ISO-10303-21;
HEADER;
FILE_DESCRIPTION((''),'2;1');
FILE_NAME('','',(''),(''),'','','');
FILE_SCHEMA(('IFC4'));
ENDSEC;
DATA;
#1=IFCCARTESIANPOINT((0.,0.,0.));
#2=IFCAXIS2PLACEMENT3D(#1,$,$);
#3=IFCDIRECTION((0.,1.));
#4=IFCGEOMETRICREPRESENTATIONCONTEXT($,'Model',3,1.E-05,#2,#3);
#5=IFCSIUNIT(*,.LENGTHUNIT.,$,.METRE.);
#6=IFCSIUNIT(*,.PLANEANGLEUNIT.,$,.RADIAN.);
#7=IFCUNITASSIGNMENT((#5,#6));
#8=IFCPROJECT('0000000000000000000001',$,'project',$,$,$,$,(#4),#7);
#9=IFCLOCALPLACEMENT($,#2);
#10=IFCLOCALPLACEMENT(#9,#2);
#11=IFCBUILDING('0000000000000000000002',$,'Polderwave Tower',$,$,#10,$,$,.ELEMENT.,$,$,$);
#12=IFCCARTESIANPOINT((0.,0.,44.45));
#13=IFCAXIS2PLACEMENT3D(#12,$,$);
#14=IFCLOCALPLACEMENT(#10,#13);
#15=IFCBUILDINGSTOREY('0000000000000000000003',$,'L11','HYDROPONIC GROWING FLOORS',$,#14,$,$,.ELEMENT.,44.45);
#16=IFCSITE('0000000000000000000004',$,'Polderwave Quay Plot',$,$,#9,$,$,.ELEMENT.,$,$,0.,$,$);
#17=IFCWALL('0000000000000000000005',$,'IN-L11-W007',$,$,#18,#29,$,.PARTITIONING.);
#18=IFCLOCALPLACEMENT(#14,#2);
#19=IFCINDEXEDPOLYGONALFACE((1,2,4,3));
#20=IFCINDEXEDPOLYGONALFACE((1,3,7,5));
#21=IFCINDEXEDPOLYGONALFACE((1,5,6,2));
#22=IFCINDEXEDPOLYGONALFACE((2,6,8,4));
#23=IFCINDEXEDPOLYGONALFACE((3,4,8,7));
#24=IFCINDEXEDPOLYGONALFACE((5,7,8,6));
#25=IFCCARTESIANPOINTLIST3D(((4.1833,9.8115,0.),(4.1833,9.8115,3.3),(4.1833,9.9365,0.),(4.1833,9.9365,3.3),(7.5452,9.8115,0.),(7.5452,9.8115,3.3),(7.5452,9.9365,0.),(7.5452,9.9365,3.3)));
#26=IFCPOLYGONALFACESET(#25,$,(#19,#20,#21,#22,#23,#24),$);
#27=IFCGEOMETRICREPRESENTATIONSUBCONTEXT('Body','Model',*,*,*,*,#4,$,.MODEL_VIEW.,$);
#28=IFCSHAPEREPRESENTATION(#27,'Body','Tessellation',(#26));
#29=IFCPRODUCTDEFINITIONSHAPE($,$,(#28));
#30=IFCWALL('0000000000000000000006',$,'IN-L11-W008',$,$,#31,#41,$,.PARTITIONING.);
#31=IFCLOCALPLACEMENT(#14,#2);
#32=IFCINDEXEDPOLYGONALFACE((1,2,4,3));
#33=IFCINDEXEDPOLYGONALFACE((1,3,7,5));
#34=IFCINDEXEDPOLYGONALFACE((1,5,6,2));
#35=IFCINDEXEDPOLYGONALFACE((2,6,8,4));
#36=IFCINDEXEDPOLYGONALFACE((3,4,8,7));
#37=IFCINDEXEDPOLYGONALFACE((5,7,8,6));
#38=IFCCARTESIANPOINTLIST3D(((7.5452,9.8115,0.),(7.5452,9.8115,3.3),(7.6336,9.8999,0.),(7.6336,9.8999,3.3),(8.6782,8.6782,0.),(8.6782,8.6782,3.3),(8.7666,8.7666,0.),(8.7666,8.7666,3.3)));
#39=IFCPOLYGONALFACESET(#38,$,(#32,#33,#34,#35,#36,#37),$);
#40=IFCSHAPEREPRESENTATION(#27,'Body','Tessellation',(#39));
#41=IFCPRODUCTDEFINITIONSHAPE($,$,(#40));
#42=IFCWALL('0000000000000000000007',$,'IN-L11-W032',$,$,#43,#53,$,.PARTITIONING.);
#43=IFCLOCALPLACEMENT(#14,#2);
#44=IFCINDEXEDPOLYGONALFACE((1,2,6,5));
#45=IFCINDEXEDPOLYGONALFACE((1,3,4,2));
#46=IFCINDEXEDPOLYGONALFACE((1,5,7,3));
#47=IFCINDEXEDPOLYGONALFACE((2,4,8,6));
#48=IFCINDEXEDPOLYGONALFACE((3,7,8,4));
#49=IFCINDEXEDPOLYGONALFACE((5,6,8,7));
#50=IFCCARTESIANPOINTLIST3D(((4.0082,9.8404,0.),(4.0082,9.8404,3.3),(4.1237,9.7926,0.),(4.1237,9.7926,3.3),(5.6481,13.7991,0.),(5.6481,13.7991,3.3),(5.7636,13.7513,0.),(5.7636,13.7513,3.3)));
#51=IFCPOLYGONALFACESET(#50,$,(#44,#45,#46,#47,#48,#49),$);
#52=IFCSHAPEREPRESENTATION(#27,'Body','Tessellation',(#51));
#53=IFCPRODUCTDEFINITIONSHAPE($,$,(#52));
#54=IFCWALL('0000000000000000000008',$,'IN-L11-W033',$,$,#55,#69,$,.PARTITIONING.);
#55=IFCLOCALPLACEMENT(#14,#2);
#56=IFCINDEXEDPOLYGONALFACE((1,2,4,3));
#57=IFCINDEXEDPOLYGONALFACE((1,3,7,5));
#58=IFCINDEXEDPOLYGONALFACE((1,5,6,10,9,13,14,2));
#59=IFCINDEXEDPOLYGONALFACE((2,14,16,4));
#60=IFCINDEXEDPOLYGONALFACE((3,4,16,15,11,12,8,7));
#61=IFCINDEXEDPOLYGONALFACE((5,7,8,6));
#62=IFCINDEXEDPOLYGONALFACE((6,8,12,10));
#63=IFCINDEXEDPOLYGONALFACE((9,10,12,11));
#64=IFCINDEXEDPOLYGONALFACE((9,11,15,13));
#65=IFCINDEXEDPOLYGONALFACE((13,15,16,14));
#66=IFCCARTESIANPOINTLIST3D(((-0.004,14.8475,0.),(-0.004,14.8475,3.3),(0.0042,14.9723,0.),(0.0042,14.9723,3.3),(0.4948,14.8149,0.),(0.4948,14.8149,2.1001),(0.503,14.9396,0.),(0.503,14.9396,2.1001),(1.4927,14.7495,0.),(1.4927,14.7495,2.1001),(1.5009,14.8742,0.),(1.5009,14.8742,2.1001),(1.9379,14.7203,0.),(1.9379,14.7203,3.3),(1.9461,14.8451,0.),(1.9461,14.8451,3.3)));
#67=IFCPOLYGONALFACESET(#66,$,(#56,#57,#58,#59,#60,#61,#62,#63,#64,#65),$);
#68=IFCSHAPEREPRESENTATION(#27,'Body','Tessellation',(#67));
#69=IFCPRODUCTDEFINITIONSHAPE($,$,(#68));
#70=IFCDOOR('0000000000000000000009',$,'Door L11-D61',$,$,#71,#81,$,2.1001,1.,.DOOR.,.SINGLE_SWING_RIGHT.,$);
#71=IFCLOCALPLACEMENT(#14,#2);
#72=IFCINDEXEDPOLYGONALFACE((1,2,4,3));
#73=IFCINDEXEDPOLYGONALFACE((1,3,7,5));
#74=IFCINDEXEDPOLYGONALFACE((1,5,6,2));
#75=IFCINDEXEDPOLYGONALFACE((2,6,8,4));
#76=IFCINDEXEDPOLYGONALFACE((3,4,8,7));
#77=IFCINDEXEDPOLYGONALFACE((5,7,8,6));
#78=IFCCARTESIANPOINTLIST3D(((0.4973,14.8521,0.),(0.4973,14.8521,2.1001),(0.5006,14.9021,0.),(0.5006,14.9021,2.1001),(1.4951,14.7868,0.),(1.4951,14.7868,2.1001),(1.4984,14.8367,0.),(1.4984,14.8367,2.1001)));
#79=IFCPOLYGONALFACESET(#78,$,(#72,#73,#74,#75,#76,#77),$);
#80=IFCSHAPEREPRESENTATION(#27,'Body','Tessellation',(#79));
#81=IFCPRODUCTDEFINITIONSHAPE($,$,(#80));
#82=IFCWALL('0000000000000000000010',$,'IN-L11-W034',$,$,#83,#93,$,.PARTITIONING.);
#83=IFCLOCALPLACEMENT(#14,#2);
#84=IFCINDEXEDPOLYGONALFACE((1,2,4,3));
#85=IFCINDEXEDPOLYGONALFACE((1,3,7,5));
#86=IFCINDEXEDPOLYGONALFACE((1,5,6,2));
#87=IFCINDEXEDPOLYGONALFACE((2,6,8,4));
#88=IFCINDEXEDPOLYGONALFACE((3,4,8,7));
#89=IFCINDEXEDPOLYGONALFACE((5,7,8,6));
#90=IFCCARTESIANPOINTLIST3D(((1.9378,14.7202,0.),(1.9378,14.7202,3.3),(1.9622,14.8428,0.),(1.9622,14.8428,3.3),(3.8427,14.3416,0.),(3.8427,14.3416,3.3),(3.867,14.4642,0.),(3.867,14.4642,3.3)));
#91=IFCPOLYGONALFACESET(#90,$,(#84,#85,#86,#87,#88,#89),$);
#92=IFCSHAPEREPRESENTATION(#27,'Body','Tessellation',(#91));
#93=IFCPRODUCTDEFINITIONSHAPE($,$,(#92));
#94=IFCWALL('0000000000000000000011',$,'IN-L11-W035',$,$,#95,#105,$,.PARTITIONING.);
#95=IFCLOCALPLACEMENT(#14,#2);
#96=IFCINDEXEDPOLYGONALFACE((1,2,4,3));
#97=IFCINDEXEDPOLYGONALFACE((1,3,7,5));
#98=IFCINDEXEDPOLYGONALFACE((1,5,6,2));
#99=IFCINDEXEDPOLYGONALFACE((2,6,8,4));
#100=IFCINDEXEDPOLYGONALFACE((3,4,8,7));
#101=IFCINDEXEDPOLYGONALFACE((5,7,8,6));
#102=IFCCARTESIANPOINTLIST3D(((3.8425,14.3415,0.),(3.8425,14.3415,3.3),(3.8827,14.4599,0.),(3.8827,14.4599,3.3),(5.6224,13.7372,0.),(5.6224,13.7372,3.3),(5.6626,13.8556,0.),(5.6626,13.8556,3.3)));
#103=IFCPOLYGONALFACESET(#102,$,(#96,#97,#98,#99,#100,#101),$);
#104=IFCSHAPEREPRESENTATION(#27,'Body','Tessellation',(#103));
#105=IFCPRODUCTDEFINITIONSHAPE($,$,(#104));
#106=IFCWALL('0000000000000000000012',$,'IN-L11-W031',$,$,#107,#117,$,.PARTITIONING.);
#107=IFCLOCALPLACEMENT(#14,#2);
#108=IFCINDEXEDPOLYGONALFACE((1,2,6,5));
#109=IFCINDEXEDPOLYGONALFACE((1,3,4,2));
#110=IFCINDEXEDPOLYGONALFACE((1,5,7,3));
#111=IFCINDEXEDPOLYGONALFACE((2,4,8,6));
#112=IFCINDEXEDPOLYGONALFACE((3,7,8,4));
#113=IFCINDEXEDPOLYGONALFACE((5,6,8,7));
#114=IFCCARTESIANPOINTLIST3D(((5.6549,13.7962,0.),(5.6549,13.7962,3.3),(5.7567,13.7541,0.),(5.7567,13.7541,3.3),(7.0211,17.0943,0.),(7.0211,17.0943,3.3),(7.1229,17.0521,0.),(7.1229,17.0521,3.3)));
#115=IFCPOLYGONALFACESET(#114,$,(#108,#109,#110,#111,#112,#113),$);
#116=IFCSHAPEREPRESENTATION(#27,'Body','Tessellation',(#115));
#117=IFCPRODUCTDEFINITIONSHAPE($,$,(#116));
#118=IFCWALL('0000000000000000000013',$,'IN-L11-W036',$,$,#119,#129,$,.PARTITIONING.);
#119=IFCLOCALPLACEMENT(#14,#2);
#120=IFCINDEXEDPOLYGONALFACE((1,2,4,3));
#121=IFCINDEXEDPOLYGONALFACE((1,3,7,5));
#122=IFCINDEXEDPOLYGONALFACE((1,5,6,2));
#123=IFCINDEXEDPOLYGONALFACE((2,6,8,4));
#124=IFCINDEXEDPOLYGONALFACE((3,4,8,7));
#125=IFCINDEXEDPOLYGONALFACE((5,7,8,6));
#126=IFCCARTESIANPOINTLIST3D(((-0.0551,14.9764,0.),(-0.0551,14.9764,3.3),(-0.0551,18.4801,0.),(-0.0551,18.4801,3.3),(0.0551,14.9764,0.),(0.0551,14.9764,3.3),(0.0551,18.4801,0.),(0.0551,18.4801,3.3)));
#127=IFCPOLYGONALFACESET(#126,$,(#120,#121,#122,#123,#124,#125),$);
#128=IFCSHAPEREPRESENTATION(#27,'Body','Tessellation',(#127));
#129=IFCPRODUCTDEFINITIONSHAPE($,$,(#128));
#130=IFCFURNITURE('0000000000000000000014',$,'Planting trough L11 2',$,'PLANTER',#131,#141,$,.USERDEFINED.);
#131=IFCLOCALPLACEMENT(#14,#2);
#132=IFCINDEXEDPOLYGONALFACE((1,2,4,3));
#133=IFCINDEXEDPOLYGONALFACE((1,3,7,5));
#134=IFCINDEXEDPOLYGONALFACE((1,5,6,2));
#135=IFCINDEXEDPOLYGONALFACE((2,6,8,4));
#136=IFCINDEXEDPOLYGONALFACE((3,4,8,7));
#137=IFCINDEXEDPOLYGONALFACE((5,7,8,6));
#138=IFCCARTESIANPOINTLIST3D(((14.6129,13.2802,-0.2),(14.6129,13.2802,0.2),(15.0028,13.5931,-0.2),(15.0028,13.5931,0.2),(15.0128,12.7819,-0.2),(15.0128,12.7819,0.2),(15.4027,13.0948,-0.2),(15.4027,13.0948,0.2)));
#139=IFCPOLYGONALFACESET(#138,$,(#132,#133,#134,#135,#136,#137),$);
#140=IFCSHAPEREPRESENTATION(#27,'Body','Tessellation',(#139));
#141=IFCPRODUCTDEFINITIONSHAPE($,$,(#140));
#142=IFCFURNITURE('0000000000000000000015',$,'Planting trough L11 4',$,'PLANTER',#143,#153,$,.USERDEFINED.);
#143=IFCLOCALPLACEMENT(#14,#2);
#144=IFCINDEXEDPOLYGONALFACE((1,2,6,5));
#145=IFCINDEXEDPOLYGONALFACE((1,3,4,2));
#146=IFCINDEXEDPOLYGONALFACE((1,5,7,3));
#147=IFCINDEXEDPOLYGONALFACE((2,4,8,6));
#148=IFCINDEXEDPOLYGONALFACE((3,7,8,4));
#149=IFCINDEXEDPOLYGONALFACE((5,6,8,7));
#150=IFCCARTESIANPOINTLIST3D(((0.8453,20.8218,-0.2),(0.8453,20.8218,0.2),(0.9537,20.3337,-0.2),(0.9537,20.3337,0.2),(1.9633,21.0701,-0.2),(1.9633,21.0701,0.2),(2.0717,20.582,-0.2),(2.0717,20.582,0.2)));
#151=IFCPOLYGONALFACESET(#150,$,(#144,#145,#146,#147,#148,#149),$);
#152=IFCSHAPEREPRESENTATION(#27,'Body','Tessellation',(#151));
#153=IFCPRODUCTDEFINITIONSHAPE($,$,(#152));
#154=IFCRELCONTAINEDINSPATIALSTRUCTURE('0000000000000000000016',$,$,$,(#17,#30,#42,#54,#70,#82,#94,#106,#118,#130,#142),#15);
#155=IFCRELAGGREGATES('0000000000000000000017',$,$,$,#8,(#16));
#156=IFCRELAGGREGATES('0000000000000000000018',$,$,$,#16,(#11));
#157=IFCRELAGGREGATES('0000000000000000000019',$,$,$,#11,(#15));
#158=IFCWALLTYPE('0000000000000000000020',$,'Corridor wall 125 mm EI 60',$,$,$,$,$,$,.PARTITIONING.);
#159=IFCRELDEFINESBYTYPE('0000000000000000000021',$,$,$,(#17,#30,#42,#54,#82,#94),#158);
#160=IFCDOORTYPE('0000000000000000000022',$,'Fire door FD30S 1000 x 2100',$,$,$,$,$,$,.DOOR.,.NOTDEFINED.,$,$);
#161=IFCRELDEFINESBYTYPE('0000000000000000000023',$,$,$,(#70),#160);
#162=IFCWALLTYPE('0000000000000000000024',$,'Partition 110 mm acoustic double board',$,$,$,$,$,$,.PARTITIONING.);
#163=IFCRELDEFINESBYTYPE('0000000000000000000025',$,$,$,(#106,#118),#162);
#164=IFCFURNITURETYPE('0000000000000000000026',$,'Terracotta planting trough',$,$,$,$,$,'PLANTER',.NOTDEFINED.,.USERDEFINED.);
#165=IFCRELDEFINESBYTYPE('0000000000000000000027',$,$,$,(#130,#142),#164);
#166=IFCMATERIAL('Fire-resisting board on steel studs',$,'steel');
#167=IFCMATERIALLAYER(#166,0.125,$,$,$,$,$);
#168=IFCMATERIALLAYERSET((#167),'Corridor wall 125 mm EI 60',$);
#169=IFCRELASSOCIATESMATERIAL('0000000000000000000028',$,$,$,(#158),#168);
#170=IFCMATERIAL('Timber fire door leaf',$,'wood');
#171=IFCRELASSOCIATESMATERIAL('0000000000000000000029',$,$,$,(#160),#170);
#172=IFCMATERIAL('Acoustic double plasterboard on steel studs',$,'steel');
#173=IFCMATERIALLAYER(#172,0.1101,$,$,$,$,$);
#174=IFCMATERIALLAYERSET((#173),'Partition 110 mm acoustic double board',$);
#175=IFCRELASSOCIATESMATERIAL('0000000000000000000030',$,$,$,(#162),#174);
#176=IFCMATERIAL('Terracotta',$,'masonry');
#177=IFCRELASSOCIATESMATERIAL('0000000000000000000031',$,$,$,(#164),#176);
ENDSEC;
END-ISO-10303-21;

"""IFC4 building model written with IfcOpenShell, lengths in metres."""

from ifc_helpers import new_model, si_unit, direction, frame, frame_2d, origin, origin_2d, place, context, subcontext, project, spatial, rectangle, extrude, material, layer, layer_set, type_object, element, fill, save


model = new_model("IFC4")

# Units and contexts
model_context = context("Model", 3, precision=1e-05, world=origin(), true_north=direction((0.0, 1.0)))
body_context = subcontext(model_context, "Body", "Model", "MODEL_VIEW")
ifc_project = project(units=[si_unit("LENGTHUNIT", "METRE"), si_unit("PLANEANGLEUNIT", "RADIAN")], contexts=[model_context])

# Site, building, storey
site_placement = place(None, origin())
site = spatial("IfcSite", under=ifc_project, at=site_placement, Name="Polderwave Quay Plot", CompositionType="ELEMENT", RefElevation=0.0)
building_placement = place(site_placement, origin())
building = spatial("IfcBuilding", under=site, at=building_placement, Name="Polderwave Tower", CompositionType="ELEMENT")
storey_placement = place(building_placement, frame((0.0, 0.0, 44.45)))
storey = spatial("IfcBuildingStorey", under=building, at=storey_placement, Name="L11", Description="HYDROPONIC GROWING FLOORS", CompositionType="ELEMENT", Elevation=44.45)

# Walls
ifc_material_1 = material(Name="Fire-resisting board on steel studs", Category="steel")
ifc_layer_1 = layer(ifc_material_1, 0.125)
ifc_layer_set_1 = layer_set([ifc_layer_1], Name="Corridor wall 125 mm EI 60")
wall_type_1 = type_object("IfcWallType", Name="Corridor wall 125 mm EI 60", PredefinedType="PARTITIONING", material=ifc_layer_set_1)
wall_1_placement = place(storey_placement, frame((4.1833, 9.874, 0.0), z_axis=(0.0, 0.0, 1.0), x_axis=(1.0, 0.0, 0.0)))
element("IfcWall", 1, at=wall_1_placement, inside=storey, type_object=wall_type_1, Name="IN-L11-W007", PredefinedType="PARTITIONING", context=body_context, shape_type="SweptSolid", body=[
    extrude(rectangle(XDim=3.3618, YDim=0.125, at=frame_2d((1.6809, 0.0))), origin(), (0.0, 0.0, 1.0), 3.3),
])
wall_2_placement = place(storey_placement, frame((7.5894, 9.8557, 0.0), z_axis=(0.0, 0.0, 1.0), x_axis=(0.707031, -0.707183, 0.0)))
element("IfcWall", 2, at=wall_2_placement, inside=storey, type_object=wall_type_1, Name="IN-L11-W008", PredefinedType="PARTITIONING", context=body_context, shape_type="SweptSolid", body=[
    extrude(rectangle(XDim=1.6025, YDim=0.125, at=frame_2d((0.8013, 0.0))), origin(), (0.0, 0.0, 1.0), 3.3),
])
wall_3_placement = place(storey_placement, frame((4.0659, 9.8164, 0.0), z_axis=(0.0, 0.0, 1.0), x_axis=(0.382709, 0.923869, 0.0)))
element("IfcWall", 3, at=wall_3_placement, inside=storey, type_object=wall_type_1, Name="IN-L11-W032", PredefinedType="PARTITIONING", context=body_context, shape_type="SweptSolid", body=[
    extrude(rectangle(XDim=4.2849, YDim=0.125, at=frame_2d((2.1426, 0.0))), origin(), (0.0, 0.0, 1.0), 3.3),
])

# Wall, opening, door
wall_4_placement = place(storey_placement, frame((0.0, 14.9099, 0.0), z_axis=(0.0, 0.0, 1.0), x_axis=(0.997862, -0.065362, 0.0)))
wall_4 = element("IfcWall", 4, at=wall_4_placement, inside=storey, type_object=wall_type_1, Name="IN-L11-W033", PredefinedType="PARTITIONING", context=body_context, shape_type="SweptSolid", body=[
    extrude(rectangle(XDim=1.946, YDim=0.125, at=frame_2d((0.9731, 0.0))), origin(), (0.0, 0.0, 1.0), 3.3),
])
opening_placement = place(wall_4_placement, frame((0.5, 0.0, 0.0)))
opening = element("IfcOpeningElement", 5, at=opening_placement, cuts=wall_4, PredefinedType="OPENING", context=body_context, shape_type="SweptSolid", body=[
    extrude(rectangle(XDim=1.0, YDim=2.1001, at=frame_2d((0.5, 1.05))), frame((0.0, 0.0725, 0.0), z_axis=(0.0, -1.0, 0.0), x_axis=(1.0, 0.0, 0.0)), (0.0, 0.0, 1.0), 0.145),
])
ifc_material_2 = material(Name="Timber fire door leaf", Category="wood")
door_type = type_object("IfcDoorType", Name="Fire door FD30S 1000 x 2100", OperationType="NOTDEFINED", PredefinedType="DOOR", material=ifc_material_2)
door_placement = place(opening_placement, origin())
door = element("IfcDoor", 6, at=door_placement, inside=storey, type_object=door_type, Name="Door L11-D61", OperationType="SINGLE_SWING_RIGHT", OverallHeight=2.1001, OverallWidth=1.0, PredefinedType="DOOR", context=body_context, shape_type="SweptSolid", body=[
    extrude(rectangle(XDim=1.0, YDim=2.1001, at=frame_2d((0.5, 1.05))), frame((0.0, 0.0249, 0.0), z_axis=(0.0, -1.0, 0.0), x_axis=(1.0, 0.0, 0.0)), (0.0, 0.0, 1.0), 0.05),
])
fill(opening, door)

# Walls
wall_5_placement = place(storey_placement, frame((3.855, 14.4028, 0.0), z_axis=(0.0, 0.0, 1.0), x_axis=(-0.980807, 0.19498, 0.0)))
element("IfcWall", 7, at=wall_5_placement, inside=storey, type_object=wall_type_1, Name="IN-L11-W034", PredefinedType="PARTITIONING", context=body_context, shape_type="SweptSolid", body=[
    extrude(rectangle(XDim=1.9421, YDim=0.125, at=frame_2d((0.9712, 0.0))), origin(), (0.0, 0.0, 1.0), 3.3),
])
wall_6_placement = place(storey_placement, frame((5.6426, 13.7964, 0.0), z_axis=(0.0, 0.0, 1.0), x_axis=(-0.946915, 0.321484, 0.0)))
element("IfcWall", 8, at=wall_6_placement, inside=storey, type_object=wall_type_1, Name="IN-L11-W035", PredefinedType="PARTITIONING", context=body_context, shape_type="SweptSolid", body=[
    extrude(rectangle(XDim=1.8796, YDim=0.125, at=frame_2d((0.9399, 0.0))), origin(), (0.0, 0.0, 1.0), 3.3),
])
ifc_material_3 = material(Name="Acoustic double plasterboard on steel studs", Category="steel")
ifc_layer_2 = layer(ifc_material_3, 0.1101)
ifc_layer_set_2 = layer_set([ifc_layer_2], Name="Partition 110 mm acoustic double board")
wall_type_2 = type_object("IfcWallType", Name="Partition 110 mm acoustic double board", PredefinedType="PARTITIONING", material=ifc_layer_set_2)
wall_7_placement = place(storey_placement, frame((5.7058, 13.7751, 0.0), z_axis=(0.0, 0.0, 1.0), x_axis=(0.382706, 0.92387, 0.0)))
element("IfcWall", 9, at=wall_7_placement, inside=storey, type_object=wall_type_2, Name="IN-L11-W031", PredefinedType="PARTITIONING", context=body_context, shape_type="SweptSolid", body=[
    extrude(rectangle(XDim=3.5698, YDim=0.1101, at=frame_2d((1.7849, 0.0))), origin(), (0.0, 0.0, 1.0), 3.3),
])
wall_8_placement = place(storey_placement, frame((0.0, 14.9763, 0.0), z_axis=(0.0, 0.0, 1.0), x_axis=(0.0, 1.0, 0.0)))
element("IfcWall", 10, at=wall_8_placement, inside=storey, type_object=wall_type_2, Name="IN-L11-W036", PredefinedType="PARTITIONING", context=body_context, shape_type="SweptSolid", body=[
    extrude(rectangle(XDim=3.5037, YDim=0.1101, at=frame_2d((1.752, 0.0))), origin(), (0.0, 0.0, 1.0), 3.3),
])

# Furniture
ifc_material_4 = material(Name="Terracotta", Category="masonry")
furniture_type = type_object("IfcFurnitureType", Name="Terracotta planting trough", ElementType="PLANTER", AssemblyPlace="NOTDEFINED", PredefinedType="USERDEFINED", material=ifc_material_4)
furniture_1_placement = place(storey_placement, frame((15.0078, 13.1875, -0.2), z_axis=(0.0, 0.0, 1.0), x_axis=(-0.625908, 0.779896, 0.0)))
element("IfcFurniture", 11, at=furniture_1_placement, inside=storey, type_object=furniture_type, Name="Planting trough L11 2", ObjectType="PLANTER", PredefinedType="USERDEFINED", context=body_context, shape_type="SweptSolid", body=[
    extrude(rectangle(XDim=0.6389, YDim=0.5, at=origin_2d()), origin(), (0.0, 0.0, 1.0), 0.3999),
])
furniture_2_placement = place(storey_placement, frame((1.4585, 20.7019, -0.2), z_axis=(0.0, 0.0, 1.0), x_axis=(-0.976226, -0.216755, 0.0)))
element("IfcFurniture", 12, at=furniture_2_placement, inside=storey, type_object=furniture_type, Name="Planting trough L11 4", ObjectType="PLANTER", PredefinedType="USERDEFINED", context=body_context, shape_type="SweptSolid", body=[
    extrude(rectangle(XDim=1.1453, YDim=0.5, at=origin_2d()), origin(), (0.0, 0.0, 1.0), 0.3999),
])

save(model, "model.ifc")
